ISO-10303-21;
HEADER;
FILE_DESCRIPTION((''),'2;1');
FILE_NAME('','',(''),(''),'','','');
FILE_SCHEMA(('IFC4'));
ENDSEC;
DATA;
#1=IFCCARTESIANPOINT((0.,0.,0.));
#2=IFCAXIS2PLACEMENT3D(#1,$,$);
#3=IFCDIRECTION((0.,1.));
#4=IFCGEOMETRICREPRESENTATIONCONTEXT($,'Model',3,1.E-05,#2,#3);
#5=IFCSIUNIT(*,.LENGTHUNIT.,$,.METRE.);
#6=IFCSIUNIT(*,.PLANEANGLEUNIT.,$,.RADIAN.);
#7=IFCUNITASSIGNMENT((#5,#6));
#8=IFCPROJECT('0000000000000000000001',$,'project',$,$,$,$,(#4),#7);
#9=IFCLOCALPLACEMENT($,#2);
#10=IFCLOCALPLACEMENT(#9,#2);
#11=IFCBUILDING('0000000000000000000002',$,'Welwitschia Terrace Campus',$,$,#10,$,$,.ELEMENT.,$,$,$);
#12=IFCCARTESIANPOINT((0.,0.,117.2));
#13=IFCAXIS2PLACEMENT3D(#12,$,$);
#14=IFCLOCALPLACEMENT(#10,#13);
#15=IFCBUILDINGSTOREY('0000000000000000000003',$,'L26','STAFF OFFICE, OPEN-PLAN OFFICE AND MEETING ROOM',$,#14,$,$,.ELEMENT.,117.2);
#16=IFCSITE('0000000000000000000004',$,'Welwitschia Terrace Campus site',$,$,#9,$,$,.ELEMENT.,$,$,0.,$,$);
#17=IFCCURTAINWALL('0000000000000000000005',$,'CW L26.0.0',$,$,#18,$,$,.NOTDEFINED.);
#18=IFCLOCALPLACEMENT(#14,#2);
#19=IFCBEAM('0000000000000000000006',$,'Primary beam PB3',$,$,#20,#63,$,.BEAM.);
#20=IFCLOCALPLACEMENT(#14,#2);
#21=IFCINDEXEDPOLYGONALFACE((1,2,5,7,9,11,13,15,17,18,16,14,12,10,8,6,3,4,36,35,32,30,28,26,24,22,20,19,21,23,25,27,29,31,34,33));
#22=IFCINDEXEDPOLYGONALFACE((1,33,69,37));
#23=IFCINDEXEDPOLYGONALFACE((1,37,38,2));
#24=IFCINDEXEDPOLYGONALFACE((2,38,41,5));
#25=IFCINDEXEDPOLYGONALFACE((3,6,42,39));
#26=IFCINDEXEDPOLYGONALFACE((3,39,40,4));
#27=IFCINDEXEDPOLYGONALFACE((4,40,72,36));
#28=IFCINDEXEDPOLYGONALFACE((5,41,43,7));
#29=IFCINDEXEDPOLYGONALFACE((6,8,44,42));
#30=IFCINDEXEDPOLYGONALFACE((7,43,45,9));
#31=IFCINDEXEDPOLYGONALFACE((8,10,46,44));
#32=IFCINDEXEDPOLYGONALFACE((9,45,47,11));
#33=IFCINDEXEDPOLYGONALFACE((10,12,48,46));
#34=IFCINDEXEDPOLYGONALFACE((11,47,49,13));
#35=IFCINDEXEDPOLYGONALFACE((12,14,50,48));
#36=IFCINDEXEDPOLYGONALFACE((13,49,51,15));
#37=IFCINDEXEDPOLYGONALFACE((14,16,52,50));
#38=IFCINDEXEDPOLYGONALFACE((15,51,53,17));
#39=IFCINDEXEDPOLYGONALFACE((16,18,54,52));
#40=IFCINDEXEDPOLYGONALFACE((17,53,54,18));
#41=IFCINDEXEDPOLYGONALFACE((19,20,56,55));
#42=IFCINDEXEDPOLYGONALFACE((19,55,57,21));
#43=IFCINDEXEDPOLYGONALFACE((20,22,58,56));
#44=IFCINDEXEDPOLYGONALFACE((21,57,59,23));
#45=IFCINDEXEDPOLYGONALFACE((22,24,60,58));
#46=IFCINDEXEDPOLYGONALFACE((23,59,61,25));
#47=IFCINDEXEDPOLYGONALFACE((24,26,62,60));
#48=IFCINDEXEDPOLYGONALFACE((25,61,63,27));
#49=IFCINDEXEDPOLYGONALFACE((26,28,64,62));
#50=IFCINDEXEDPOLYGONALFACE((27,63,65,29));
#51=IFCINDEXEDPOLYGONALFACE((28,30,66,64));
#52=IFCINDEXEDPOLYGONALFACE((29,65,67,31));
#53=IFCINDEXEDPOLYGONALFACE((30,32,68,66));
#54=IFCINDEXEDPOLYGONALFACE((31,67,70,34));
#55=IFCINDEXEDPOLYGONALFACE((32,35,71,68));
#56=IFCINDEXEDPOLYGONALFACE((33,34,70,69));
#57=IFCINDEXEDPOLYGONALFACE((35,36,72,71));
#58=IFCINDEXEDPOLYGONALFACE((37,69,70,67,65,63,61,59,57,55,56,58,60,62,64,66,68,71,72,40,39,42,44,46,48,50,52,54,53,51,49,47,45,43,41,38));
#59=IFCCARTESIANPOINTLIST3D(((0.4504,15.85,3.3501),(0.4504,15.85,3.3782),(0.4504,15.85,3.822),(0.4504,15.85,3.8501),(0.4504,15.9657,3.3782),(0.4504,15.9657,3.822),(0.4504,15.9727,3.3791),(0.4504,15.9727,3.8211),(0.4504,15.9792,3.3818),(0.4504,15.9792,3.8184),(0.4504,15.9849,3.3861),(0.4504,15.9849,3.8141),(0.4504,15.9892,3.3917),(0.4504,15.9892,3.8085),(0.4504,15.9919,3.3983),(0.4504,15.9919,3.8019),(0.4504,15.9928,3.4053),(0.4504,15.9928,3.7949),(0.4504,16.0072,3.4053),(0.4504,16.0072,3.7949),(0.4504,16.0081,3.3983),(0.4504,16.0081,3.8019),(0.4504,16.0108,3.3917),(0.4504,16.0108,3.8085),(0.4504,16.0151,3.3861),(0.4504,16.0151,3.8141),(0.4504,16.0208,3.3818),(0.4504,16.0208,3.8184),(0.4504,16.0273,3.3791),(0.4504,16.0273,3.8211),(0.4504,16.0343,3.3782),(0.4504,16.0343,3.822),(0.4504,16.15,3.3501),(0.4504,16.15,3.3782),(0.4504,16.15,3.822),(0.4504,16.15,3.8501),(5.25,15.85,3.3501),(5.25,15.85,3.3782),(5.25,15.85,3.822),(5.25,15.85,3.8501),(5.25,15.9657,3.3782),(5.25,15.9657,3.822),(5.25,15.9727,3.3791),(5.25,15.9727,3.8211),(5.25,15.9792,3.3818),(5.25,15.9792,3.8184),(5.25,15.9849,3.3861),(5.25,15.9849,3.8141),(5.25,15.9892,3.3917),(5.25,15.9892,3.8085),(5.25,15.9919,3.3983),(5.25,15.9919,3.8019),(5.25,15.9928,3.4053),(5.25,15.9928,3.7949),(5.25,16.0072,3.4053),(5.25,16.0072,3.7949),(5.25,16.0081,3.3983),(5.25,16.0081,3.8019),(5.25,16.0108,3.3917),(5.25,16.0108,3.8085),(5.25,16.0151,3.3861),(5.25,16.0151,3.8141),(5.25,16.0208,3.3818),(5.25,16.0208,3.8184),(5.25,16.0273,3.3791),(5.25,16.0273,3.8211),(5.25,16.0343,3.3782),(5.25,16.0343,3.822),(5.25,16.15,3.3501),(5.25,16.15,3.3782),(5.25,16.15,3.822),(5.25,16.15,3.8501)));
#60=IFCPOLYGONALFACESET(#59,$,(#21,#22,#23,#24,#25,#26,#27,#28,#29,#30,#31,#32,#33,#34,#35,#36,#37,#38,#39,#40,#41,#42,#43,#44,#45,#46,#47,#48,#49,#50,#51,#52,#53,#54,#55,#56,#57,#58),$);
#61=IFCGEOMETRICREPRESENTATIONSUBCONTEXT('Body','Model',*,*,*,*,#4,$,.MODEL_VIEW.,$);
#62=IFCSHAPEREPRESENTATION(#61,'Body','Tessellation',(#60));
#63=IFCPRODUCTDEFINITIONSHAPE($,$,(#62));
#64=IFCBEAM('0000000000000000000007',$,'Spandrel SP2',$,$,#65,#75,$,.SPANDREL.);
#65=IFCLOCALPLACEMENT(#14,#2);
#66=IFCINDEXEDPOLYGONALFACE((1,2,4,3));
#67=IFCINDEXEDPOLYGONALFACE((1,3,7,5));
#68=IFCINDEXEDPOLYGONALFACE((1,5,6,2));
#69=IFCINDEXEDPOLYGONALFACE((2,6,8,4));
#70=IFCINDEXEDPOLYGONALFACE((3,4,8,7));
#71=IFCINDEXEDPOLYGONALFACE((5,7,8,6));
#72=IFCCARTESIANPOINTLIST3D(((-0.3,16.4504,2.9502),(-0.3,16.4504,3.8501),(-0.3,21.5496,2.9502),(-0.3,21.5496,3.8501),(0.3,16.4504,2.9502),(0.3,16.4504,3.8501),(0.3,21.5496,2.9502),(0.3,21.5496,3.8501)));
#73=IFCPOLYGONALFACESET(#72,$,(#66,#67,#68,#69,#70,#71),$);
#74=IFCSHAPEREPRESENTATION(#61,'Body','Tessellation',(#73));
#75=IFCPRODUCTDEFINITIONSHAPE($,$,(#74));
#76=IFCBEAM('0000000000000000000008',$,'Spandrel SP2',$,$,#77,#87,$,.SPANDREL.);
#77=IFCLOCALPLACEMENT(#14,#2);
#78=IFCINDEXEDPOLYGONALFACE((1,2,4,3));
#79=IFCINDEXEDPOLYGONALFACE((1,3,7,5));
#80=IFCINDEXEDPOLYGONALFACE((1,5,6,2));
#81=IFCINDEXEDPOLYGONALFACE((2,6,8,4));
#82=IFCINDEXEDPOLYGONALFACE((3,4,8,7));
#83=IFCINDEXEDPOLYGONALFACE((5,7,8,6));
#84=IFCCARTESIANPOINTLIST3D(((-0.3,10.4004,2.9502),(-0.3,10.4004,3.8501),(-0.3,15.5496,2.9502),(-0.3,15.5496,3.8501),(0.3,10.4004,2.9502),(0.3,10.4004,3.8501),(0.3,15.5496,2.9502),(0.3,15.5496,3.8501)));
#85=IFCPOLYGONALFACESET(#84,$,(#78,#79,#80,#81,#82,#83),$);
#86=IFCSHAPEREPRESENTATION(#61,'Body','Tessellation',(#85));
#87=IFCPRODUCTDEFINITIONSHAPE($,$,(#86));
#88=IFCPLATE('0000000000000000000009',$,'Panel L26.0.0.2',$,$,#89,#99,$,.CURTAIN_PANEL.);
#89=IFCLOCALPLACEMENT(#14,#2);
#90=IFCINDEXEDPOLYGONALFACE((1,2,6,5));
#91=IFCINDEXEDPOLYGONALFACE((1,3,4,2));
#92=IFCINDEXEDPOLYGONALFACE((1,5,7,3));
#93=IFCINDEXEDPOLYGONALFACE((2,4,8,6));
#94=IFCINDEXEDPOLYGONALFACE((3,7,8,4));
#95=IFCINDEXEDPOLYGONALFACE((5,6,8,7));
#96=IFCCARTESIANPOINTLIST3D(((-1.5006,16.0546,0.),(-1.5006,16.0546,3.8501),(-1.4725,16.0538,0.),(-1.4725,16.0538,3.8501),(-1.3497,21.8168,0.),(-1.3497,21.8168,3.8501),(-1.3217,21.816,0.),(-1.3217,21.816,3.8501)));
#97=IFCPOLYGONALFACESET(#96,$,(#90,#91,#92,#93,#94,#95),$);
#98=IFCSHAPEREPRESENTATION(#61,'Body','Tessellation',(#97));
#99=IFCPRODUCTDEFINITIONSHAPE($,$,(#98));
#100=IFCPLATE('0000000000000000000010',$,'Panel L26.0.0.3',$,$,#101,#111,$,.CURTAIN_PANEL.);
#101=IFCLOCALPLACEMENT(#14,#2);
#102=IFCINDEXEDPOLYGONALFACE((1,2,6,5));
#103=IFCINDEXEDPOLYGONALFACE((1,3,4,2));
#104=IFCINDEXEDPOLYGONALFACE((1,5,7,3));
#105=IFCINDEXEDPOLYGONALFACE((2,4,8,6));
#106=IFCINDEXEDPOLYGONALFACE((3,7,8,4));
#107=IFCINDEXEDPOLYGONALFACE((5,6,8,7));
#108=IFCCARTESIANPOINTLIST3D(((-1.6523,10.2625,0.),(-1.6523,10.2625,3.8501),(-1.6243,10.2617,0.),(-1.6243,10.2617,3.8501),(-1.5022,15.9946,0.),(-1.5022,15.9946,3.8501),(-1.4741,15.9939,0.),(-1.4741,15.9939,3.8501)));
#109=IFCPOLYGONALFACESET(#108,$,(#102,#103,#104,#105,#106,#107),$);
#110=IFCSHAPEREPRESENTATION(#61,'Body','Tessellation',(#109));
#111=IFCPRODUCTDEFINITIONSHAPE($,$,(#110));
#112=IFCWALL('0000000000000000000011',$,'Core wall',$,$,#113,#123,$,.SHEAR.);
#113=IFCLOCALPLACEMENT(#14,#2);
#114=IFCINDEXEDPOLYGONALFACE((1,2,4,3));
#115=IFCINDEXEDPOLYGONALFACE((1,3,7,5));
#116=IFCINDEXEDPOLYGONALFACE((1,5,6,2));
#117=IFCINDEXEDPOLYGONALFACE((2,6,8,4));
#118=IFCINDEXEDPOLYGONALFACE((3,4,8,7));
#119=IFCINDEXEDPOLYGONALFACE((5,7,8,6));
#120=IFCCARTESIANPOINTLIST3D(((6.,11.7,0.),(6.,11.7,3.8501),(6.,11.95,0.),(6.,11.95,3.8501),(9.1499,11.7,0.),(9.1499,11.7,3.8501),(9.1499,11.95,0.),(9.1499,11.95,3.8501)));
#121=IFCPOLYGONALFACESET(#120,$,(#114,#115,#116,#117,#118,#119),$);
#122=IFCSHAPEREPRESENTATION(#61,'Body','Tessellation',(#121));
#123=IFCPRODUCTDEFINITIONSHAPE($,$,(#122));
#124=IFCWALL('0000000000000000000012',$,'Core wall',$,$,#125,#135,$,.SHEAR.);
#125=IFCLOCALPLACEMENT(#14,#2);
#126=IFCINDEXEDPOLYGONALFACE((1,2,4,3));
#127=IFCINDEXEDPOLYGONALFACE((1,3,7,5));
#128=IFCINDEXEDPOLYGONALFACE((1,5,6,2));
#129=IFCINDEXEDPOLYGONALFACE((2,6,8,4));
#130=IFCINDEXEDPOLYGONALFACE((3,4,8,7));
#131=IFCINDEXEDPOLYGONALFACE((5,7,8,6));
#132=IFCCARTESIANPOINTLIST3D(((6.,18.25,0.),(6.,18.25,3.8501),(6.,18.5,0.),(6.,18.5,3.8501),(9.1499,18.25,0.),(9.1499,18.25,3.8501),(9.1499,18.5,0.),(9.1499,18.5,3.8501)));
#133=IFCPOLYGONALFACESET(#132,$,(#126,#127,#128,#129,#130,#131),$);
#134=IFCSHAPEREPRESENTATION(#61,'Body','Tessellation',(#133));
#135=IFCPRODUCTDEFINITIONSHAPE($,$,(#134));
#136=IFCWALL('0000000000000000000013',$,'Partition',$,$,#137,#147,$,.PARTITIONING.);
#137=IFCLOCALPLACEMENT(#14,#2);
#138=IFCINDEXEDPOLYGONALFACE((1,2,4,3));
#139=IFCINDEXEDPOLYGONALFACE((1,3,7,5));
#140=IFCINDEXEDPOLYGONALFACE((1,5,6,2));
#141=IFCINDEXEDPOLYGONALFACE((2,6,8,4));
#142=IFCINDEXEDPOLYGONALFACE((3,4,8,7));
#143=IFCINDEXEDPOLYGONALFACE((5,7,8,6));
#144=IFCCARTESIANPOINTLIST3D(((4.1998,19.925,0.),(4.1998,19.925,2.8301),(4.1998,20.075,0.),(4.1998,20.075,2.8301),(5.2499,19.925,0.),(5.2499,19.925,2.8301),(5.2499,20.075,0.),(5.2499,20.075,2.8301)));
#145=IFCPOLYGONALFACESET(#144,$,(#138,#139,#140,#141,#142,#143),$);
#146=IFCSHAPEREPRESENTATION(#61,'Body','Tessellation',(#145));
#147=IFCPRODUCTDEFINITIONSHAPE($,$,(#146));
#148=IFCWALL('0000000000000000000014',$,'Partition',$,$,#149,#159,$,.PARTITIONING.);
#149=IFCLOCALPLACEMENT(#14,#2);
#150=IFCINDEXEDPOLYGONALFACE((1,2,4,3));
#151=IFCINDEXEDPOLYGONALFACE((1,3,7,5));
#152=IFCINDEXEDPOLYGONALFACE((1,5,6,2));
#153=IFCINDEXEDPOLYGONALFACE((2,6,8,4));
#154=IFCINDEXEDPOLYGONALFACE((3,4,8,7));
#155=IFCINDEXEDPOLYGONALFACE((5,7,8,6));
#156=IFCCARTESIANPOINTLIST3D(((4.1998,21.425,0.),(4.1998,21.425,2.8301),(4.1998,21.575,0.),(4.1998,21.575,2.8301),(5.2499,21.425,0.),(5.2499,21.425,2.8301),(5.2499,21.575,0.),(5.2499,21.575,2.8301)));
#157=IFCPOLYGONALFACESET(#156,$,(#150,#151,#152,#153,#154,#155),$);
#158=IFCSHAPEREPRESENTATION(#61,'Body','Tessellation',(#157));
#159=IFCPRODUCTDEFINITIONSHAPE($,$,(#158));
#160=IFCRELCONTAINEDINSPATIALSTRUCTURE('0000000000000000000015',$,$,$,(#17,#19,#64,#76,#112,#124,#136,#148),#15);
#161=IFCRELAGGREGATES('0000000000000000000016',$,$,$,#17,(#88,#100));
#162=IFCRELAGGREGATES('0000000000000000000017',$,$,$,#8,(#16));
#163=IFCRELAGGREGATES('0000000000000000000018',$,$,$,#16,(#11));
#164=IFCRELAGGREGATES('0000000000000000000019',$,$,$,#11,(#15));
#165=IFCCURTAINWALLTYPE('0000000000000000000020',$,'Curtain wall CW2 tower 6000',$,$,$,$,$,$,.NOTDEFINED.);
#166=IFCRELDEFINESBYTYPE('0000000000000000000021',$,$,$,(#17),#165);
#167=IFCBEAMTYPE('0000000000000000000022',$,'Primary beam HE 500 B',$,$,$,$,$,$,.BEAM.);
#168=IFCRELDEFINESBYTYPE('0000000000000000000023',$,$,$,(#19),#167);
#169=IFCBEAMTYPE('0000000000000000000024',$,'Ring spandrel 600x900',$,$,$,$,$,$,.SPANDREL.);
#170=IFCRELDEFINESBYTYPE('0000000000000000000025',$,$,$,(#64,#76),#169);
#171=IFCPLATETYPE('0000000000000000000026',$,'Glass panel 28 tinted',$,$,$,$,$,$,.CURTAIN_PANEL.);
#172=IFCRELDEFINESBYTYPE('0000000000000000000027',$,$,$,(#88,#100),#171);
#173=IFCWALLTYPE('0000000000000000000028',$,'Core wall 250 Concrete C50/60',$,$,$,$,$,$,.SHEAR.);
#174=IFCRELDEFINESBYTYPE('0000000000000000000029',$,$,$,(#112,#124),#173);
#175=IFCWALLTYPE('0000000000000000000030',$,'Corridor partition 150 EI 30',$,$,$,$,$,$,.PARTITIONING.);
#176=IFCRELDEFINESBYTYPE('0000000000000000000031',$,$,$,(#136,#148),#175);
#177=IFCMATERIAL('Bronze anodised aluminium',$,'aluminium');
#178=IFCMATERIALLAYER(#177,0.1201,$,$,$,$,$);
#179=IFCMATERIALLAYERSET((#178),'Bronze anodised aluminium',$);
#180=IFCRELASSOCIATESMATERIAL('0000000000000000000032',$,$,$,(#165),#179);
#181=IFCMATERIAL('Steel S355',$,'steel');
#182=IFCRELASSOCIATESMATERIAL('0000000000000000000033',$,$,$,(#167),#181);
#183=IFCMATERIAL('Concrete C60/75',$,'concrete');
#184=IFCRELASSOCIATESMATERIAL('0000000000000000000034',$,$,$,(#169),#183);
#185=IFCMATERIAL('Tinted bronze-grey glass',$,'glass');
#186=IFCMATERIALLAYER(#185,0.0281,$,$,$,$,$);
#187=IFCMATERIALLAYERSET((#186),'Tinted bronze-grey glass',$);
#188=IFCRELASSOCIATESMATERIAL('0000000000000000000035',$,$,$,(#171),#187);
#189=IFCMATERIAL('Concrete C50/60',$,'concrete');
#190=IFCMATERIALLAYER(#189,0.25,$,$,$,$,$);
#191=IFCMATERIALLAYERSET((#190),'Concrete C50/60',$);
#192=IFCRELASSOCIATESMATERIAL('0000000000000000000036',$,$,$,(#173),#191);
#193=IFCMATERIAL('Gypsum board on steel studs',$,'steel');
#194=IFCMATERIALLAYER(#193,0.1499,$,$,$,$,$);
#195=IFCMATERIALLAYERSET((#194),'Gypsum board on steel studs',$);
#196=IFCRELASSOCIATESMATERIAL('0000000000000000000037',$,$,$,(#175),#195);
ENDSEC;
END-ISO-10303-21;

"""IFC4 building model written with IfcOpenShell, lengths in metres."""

from ifc_helpers import new_model, si_unit, direction, frame, frame_2d, origin, origin_2d, place, context, subcontext, project, spatial, rectangle, i_section, extrude, material, layer, layer_set, material_profile, profile_set, type_object, element, aggregate, save


model = new_model("IFC4")

# Units and contexts
model_context = context("Model", 3, precision=1e-05, world=origin(), true_north=direction((0.0, 1.0)))
body_context = subcontext(model_context, "Body", "Model", "MODEL_VIEW")
ifc_project = project(units=[si_unit("LENGTHUNIT", "METRE"), si_unit("PLANEANGLEUNIT", "RADIAN")], contexts=[model_context])

# Site, building, storey
site_placement = place(None, origin())
site = spatial("IfcSite", under=ifc_project, at=site_placement, Name="Welwitschia Terrace Campus site", CompositionType="ELEMENT", RefElevation=0.0)
building_placement = place(site_placement, origin())
building = spatial("IfcBuilding", under=site, at=building_placement, Name="Welwitschia Terrace Campus", CompositionType="ELEMENT")
storey_placement = place(building_placement, frame((0.0, 0.0, 117.2)))
storey = spatial("IfcBuildingStorey", under=building, at=storey_placement, Name="L26", Description="STAFF OFFICE, OPEN-PLAN OFFICE AND MEETING ROOM", CompositionType="ELEMENT", Elevation=117.2)

# Curtain wall
ifc_material_1 = material(Name="Bronze anodised aluminium", Category="aluminium")
ifc_layer_1 = layer(ifc_material_1, 0.1201)
ifc_layer_set_1 = layer_set([ifc_layer_1], Name="Bronze anodised aluminium")
curtain_wall_type = type_object("IfcCurtainWallType", Name="Curtain wall CW2 tower 6000", PredefinedType="NOTDEFINED", material=ifc_layer_set_1)
curtain_wall_placement = place(storey_placement, origin())
curtain_wall = element("IfcCurtainWall", 1, at=curtain_wall_placement, inside=storey, type_object=curtain_wall_type, Name="CW L26.0.0", PredefinedType="NOTDEFINED")

# Beams
ifc_material_2 = material(Name="Steel S355", Category="steel")
ifc_material_profile_1 = material_profile(ifc_material_2, i_section(OverallWidth=0.3, OverallDepth=0.5, WebThickness=0.0144, FlangeThickness=0.0281, FilletRadius=0.0271, at=origin_2d()))
ifc_profile_set_1 = profile_set([ifc_material_profile_1], Name="Steel S355")
beam_type_1 = type_object("IfcBeamType", Name="Primary beam HE 500 B", PredefinedType="BEAM", material=ifc_profile_set_1)
beam_1_placement = place(storey_placement, frame((0.4504, 16.0, 3.6001), z_axis=(1.0, 0.0, 0.0), x_axis=(0.0, 1.0, 0.0)))
element("IfcBeam", 2, at=beam_1_placement, inside=storey, type_object=beam_type_1, Name="Primary beam PB3", PredefinedType="BEAM", context=body_context, shape_type="SweptSolid", body=[
    extrude(i_section(OverallWidth=0.3, OverallDepth=0.5, WebThickness=0.0144, FlangeThickness=0.0281, FilletRadius=0.0271, at=origin_2d()), origin(), (0.0, 0.0, 1.0), 4.7996),
])
ifc_material_3 = material(Name="Concrete C60/75", Category="concrete")
ifc_material_profile_2 = material_profile(ifc_material_3, rectangle(XDim=0.6001, YDim=0.8999, at=origin_2d()))
ifc_profile_set_2 = profile_set([ifc_material_profile_2], Name="Concrete C60/75")
beam_type_2 = type_object("IfcBeamType", Name="Ring spandrel 600x900", PredefinedType="SPANDREL", material=ifc_profile_set_2)
beam_2_placement = place(storey_placement, frame((0.0, 21.5496, 3.4001), z_axis=(0.0, -1.0, 0.0), x_axis=(1.0, 0.0, 0.0)))
element("IfcBeam", 3, at=beam_2_placement, inside=storey, type_object=beam_type_2, Name="Spandrel SP2", PredefinedType="SPANDREL", context=body_context, shape_type="SweptSolid", body=[
    extrude(rectangle(XDim=0.6001, YDim=0.8999, at=origin_2d()), origin(), (0.0, 0.0, 1.0), 5.0991),
])
beam_3_placement = place(storey_placement, frame((0.0, 15.5496, 3.4001), z_axis=(0.0, -1.0, 0.0), x_axis=(1.0, 0.0, 0.0)))
element("IfcBeam", 4, at=beam_3_placement, inside=storey, type_object=beam_type_2, Name="Spandrel SP2", PredefinedType="SPANDREL", context=body_context, shape_type="SweptSolid", body=[
    extrude(rectangle(XDim=0.6001, YDim=0.8999, at=origin_2d()), origin(), (0.0, 0.0, 1.0), 5.1492),
])

# Plates
ifc_material_4 = material(Name="Tinted bronze-grey glass", Category="glass")
ifc_layer_2 = layer(ifc_material_4, 0.0281)
ifc_layer_set_2 = layer_set([ifc_layer_2], Name="Tinted bronze-grey glass")
plate_type = type_object("IfcPlateType", Name="Glass panel 28 tinted", PredefinedType="CURTAIN_PANEL", material=ifc_layer_set_2)
plate_1_placement = place(storey_placement, frame((-1.4111, 18.9353, 0.0), z_axis=(0.0, 0.0, 1.0), x_axis=(-0.026177, -0.999657, 0.0)))
plate_1 = element("IfcPlate", 5, at=plate_1_placement, type_object=plate_type, Name="Panel L26.0.0.2", PredefinedType="CURTAIN_PANEL", context=body_context, shape_type="SweptSolid", body=[
    extrude(rectangle(XDim=5.7642, YDim=0.0281, at=origin_2d()), origin(), (0.0, 0.0, 1.0), 3.8501),
])
plate_2_placement = place(storey_placement, frame((-1.5632, 13.1282, 0.0), z_axis=(0.0, 0.0, 1.0), x_axis=(-0.026177, -0.999657, 0.0)))
plate_2 = element("IfcPlate", 6, at=plate_2_placement, type_object=plate_type, Name="Panel L26.0.0.3", PredefinedType="CURTAIN_PANEL", context=body_context, shape_type="SweptSolid", body=[
    extrude(rectangle(XDim=5.7341, YDim=0.0281, at=origin_2d()), origin(), (0.0, 0.0, 1.0), 3.8501),
])
aggregate(curtain_wall, [plate_1, plate_2])

# Walls
ifc_material_5 = material(Name="Concrete C50/60", Category="concrete")
ifc_layer_3 = layer(ifc_material_5, 0.25)
ifc_layer_set_3 = layer_set([ifc_layer_3], Name="Concrete C50/60")
wall_type_1 = type_object("IfcWallType", Name="Core wall 250 Concrete C50/60", PredefinedType="SHEAR", material=ifc_layer_set_3)
for number, where, z_axis, x_axis, name in (
    (7, (6.0, 11.825, 0.0), (0.0, 0.0, 1.0), (1.0, 0.0, 0.0), "Core wall"),
    (8, (6.0, 18.375, 0.0), (0.0, 0.0, 1.0), (1.0, 0.0, 0.0), "Core wall"),
):
    element("IfcWall", number, at=place(storey_placement, frame(where, z_axis=z_axis, x_axis=x_axis)), inside=storey, type_object=wall_type_1, Name=name, PredefinedType="SHEAR", context=body_context, shape_type="SweptSolid", body=[
        extrude(rectangle(XDim=3.1499, YDim=0.25, at=frame_2d((1.575, 0.0))), origin(), (0.0, 0.0, 1.0), 3.8501),
    ])
ifc_material_6 = material(Name="Gypsum board on steel studs", Category="steel")
ifc_layer_4 = layer(ifc_material_6, 0.1499)
ifc_layer_set_4 = layer_set([ifc_layer_4], Name="Gypsum board on steel studs")
wall_type_2 = type_object("IfcWallType", Name="Corridor partition 150 EI 30", PredefinedType="PARTITIONING", material=ifc_layer_set_4)
for number, where, z_axis, x_axis, name in (
    (9, (4.2, 20.0, 0.0), (0.0, 0.0, 1.0), (1.0, 0.0, 0.0), "Partition"),
    (10, (4.2, 21.5, 0.0), (0.0, 0.0, 1.0), (1.0, 0.0, 0.0), "Partition"),
):
    element("IfcWall", number, at=place(storey_placement, frame(where, z_axis=z_axis, x_axis=x_axis)), inside=storey, type_object=wall_type_2, Name=name, PredefinedType="PARTITIONING", context=body_context, shape_type="SweptSolid", body=[
        extrude(rectangle(XDim=1.05, YDim=0.1499, at=frame_2d((0.5249, 0.0))), origin(), (0.0, 0.0, 1.0), 2.8301),
    ])

save(model, "model.ifc")
